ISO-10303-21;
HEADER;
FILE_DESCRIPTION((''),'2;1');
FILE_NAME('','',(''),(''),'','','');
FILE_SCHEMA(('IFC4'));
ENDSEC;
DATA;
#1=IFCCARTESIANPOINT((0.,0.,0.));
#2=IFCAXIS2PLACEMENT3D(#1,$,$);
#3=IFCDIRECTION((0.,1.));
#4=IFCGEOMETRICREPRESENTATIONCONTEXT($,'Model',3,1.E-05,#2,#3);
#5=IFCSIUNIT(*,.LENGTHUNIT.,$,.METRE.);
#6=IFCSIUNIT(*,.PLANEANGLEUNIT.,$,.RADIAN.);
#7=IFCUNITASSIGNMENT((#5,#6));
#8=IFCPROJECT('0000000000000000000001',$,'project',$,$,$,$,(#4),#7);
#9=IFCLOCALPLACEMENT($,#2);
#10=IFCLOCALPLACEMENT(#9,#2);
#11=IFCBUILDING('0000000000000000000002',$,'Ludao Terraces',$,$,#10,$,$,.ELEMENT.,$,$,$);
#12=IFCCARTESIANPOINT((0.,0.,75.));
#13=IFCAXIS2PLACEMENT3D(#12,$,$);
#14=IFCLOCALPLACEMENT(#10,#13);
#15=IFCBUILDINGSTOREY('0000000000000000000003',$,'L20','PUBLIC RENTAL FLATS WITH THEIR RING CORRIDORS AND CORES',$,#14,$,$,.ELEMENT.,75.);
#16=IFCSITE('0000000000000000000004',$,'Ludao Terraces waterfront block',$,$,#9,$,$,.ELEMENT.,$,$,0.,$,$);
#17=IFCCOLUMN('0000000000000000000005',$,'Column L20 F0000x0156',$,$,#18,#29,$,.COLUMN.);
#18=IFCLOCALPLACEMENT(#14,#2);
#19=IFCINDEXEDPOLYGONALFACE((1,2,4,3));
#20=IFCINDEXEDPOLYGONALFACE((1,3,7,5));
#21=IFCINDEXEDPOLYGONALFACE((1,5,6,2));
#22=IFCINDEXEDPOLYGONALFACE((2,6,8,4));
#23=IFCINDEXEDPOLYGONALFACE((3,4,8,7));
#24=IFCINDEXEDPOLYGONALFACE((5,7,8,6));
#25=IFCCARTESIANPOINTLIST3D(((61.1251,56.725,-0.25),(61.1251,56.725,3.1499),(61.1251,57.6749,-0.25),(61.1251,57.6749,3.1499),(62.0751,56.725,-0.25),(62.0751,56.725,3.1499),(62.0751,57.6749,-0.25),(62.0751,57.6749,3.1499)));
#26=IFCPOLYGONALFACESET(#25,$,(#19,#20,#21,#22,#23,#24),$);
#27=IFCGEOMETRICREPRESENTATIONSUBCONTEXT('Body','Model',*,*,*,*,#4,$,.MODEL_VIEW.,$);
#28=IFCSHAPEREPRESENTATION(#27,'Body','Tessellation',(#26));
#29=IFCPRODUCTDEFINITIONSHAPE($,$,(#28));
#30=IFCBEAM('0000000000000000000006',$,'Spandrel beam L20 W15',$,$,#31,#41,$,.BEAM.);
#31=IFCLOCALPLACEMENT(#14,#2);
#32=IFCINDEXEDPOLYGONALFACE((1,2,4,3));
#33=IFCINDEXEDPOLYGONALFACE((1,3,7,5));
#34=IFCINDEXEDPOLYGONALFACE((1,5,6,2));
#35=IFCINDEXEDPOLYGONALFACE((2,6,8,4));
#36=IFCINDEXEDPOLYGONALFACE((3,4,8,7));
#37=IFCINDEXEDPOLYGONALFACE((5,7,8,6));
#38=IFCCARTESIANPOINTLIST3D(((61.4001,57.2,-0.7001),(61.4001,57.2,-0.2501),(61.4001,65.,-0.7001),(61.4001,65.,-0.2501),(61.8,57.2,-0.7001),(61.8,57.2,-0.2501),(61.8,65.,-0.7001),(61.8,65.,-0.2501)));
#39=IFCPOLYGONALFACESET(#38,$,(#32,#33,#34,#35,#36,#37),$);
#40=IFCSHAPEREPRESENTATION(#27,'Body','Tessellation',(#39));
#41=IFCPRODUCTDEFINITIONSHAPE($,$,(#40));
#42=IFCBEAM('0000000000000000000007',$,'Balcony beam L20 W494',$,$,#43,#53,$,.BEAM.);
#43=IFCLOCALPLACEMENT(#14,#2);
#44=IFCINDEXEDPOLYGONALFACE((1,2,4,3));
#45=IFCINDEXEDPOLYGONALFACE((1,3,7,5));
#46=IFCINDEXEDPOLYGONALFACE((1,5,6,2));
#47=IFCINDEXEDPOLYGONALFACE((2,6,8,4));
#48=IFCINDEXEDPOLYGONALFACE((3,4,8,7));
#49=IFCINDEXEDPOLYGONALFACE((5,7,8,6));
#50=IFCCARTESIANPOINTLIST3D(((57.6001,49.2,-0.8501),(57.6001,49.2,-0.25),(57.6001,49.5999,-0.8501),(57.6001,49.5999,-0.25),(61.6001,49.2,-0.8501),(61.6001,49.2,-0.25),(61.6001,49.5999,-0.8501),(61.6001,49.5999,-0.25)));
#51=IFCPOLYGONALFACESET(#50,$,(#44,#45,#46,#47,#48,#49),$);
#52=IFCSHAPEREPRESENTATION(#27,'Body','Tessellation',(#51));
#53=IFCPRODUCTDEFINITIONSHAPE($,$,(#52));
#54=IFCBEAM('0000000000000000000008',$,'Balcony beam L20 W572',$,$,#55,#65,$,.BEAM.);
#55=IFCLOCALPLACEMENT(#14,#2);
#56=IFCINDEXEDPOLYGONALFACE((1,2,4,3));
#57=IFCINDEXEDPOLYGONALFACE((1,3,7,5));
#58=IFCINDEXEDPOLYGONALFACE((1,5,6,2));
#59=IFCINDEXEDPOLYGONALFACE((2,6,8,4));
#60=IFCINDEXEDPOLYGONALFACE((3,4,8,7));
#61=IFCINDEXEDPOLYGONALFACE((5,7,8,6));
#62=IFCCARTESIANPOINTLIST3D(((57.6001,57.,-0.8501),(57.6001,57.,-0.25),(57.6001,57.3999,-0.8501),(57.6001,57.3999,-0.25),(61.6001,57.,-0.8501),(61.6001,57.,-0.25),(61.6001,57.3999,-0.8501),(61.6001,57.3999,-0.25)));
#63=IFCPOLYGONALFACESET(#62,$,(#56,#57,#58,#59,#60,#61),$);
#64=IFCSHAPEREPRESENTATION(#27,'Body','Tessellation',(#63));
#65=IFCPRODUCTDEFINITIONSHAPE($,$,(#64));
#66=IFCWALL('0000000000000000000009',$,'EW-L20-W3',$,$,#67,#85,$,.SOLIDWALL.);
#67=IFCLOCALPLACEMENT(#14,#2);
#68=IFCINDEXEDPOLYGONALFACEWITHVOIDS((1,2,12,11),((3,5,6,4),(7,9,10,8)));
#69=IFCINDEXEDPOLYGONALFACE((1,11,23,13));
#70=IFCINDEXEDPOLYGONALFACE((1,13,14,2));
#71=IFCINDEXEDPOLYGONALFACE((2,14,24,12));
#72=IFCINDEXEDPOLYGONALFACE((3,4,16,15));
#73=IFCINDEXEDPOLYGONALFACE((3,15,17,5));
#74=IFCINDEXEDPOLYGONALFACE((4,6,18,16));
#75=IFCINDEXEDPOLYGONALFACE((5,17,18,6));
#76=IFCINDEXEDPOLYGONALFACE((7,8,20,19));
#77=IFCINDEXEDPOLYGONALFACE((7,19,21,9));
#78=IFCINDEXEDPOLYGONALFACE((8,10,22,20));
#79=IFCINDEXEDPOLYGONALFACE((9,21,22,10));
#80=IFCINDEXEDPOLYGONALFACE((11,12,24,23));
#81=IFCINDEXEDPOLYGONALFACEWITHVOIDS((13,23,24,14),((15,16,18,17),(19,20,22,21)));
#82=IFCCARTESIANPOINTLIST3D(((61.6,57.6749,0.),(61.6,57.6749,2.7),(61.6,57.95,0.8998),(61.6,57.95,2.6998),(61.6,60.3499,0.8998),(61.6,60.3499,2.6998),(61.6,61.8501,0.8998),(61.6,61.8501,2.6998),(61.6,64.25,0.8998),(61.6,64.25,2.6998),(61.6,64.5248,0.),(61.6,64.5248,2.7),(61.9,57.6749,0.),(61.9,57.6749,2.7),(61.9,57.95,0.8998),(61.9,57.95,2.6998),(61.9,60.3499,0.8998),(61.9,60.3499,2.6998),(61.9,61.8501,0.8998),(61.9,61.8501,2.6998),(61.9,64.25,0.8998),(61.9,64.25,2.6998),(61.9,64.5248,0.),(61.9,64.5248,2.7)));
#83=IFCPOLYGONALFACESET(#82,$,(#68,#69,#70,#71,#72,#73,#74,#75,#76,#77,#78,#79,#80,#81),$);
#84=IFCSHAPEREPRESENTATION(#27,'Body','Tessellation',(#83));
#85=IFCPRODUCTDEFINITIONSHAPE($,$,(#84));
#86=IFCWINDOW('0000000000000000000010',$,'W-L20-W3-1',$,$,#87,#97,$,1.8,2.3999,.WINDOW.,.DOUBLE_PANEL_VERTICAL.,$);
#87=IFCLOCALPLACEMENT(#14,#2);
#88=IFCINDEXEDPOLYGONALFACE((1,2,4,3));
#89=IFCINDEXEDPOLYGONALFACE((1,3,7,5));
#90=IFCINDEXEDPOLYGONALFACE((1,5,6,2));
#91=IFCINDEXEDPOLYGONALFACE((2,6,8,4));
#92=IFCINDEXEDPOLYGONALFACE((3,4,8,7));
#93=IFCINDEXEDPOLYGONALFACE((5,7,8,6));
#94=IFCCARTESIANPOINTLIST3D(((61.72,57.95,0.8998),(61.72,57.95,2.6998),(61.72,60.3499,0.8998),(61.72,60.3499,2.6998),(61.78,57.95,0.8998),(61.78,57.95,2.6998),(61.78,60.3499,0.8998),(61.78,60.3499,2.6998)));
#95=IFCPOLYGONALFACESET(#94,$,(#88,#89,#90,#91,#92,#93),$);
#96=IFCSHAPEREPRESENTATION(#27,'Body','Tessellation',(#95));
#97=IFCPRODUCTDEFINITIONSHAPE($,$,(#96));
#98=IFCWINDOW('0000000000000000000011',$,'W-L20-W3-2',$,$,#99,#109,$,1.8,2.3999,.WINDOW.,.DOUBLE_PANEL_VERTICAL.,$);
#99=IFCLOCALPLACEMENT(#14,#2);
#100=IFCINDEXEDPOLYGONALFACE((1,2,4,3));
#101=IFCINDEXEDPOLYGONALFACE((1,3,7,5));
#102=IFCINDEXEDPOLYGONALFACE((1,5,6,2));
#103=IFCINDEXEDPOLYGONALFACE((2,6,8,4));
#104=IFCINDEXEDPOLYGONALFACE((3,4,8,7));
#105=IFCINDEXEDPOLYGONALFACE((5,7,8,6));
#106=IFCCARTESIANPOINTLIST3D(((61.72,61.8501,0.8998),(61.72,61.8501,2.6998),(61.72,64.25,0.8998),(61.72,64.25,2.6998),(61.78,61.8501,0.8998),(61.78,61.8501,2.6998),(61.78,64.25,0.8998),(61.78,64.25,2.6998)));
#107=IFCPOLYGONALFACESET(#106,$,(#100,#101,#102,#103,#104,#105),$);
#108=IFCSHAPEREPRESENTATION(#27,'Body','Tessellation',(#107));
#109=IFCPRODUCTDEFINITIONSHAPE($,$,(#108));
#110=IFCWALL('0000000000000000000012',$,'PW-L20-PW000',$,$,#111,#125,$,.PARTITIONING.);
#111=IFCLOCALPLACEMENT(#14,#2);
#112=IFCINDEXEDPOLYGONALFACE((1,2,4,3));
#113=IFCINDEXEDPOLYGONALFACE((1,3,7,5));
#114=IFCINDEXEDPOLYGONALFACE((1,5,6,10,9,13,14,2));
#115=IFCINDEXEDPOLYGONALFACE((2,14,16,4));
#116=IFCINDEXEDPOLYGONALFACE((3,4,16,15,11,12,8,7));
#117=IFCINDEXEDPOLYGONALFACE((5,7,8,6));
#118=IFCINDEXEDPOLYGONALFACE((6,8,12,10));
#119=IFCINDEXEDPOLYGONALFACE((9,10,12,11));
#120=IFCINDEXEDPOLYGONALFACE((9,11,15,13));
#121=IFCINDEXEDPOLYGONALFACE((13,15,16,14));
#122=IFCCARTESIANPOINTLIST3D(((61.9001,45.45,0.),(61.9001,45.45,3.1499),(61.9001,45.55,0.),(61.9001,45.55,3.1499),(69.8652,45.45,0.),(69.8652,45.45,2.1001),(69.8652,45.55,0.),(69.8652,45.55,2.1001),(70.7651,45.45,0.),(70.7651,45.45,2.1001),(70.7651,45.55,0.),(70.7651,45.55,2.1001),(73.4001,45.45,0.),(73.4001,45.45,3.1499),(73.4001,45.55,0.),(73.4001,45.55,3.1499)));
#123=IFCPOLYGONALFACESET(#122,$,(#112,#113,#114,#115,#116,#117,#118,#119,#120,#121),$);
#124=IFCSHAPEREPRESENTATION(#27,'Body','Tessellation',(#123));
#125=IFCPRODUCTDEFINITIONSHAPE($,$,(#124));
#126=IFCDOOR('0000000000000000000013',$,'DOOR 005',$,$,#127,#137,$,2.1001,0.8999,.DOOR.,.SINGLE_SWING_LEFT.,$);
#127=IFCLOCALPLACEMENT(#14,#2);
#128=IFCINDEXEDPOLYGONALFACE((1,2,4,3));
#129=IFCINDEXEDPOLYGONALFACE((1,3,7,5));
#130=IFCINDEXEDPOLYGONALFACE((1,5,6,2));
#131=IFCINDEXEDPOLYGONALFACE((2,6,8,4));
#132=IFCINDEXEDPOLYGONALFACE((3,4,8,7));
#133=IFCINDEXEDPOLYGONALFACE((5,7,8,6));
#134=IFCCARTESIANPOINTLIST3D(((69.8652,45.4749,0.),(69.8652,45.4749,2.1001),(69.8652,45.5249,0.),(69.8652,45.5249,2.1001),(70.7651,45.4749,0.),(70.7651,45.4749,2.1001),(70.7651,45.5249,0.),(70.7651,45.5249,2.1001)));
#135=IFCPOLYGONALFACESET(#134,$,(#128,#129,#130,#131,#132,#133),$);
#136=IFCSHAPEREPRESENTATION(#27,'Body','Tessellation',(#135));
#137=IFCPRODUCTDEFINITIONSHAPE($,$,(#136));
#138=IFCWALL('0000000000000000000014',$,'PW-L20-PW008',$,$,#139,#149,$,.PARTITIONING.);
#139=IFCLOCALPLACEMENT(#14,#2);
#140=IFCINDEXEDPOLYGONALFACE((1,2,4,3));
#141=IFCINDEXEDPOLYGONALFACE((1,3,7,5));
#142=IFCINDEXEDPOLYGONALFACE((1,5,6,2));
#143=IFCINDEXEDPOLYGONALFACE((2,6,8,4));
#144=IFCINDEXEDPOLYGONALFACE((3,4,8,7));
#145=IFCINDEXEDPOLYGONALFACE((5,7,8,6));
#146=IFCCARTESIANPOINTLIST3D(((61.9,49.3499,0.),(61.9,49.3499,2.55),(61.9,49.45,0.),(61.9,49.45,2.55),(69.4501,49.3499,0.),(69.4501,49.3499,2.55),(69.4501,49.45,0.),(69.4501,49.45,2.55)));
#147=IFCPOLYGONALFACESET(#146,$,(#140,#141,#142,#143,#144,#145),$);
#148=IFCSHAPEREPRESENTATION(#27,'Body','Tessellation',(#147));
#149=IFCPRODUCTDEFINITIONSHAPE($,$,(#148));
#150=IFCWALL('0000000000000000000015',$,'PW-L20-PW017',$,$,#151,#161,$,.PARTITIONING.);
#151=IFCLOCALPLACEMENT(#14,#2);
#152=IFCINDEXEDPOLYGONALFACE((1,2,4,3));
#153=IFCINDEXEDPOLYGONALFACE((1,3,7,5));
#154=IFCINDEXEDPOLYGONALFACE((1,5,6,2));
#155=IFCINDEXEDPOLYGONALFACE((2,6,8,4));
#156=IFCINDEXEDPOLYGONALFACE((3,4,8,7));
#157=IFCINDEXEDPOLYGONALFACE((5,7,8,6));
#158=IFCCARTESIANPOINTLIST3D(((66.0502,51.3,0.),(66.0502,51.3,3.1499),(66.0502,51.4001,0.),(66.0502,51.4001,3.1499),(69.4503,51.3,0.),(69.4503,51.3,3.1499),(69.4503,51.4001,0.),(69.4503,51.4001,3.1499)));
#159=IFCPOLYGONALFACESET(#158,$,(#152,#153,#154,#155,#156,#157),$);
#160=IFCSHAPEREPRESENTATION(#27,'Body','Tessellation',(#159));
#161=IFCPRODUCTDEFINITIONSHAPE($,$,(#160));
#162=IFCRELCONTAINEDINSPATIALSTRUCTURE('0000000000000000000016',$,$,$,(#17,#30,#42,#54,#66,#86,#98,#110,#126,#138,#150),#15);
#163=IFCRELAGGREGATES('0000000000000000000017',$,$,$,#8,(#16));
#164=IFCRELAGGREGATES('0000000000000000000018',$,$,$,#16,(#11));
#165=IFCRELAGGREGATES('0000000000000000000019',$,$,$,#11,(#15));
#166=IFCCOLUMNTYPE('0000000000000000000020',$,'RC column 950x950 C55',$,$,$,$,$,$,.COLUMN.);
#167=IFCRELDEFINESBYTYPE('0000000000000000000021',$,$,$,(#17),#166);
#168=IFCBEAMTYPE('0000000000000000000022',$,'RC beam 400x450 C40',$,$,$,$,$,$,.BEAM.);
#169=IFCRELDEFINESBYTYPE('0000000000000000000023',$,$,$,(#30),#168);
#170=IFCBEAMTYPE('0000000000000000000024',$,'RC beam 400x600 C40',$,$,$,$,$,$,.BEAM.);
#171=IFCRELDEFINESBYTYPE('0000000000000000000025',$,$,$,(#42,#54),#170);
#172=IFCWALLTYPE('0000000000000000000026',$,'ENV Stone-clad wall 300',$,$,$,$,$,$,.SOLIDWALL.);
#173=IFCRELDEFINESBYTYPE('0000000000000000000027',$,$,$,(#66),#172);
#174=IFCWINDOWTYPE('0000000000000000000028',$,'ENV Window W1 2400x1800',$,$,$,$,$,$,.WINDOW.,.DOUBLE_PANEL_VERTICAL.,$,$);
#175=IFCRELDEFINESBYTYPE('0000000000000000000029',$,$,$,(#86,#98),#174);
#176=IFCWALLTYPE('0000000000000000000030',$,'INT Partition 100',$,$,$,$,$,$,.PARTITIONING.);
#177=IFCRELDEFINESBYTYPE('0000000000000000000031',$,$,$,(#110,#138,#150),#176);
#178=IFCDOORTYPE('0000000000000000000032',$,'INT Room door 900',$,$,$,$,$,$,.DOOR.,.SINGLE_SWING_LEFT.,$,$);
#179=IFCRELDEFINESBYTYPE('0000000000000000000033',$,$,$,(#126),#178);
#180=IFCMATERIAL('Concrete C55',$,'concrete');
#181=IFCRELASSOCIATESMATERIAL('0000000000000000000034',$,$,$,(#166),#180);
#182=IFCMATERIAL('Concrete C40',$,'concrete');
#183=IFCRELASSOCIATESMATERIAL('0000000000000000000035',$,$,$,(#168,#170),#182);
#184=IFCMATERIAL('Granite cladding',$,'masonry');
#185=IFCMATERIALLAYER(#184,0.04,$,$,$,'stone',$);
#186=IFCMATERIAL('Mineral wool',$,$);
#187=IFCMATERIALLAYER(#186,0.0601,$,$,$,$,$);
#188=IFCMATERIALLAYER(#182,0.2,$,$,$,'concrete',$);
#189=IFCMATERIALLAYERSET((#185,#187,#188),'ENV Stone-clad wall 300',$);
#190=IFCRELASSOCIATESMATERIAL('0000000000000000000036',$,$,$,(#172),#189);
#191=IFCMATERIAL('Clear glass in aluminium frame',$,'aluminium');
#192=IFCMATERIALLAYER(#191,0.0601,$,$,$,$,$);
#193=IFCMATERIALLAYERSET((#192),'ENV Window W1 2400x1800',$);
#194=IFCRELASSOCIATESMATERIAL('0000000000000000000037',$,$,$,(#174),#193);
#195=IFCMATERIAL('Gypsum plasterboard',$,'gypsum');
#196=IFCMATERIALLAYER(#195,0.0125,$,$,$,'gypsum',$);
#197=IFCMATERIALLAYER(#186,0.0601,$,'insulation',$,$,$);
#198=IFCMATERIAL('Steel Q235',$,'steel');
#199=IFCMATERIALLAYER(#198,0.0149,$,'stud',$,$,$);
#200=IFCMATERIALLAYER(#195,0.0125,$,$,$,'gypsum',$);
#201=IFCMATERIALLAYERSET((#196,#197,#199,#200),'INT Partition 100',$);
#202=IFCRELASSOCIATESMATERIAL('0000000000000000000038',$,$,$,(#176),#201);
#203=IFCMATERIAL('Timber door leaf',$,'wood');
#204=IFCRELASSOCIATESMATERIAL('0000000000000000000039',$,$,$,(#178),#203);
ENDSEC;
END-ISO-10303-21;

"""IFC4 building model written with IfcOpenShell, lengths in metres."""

from ifc_helpers import new_model, si_unit, direction, frame, frame_2d, origin, origin_2d, place, context, subcontext, project, spatial, rectangle, extrude, material, layer, layer_set, material_profile, profile_set, type_object, element, fill, save


model = new_model("IFC4")

# Units and contexts
model_context = context("Model", 3, precision=1e-05, world=origin(), true_north=direction((0.0, 1.0)))
body_context = subcontext(model_context, "Body", "Model", "MODEL_VIEW")
ifc_project = project(units=[si_unit("LENGTHUNIT", "METRE"), si_unit("PLANEANGLEUNIT", "RADIAN")], contexts=[model_context])

# Site, building, storey
site_placement = place(None, origin())
site = spatial("IfcSite", under=ifc_project, at=site_placement, Name="Ludao Terraces waterfront block", CompositionType="ELEMENT", RefElevation=0.0)
building_placement = place(site_placement, origin())
building = spatial("IfcBuilding", under=site, at=building_placement, Name="Ludao Terraces", CompositionType="ELEMENT")
storey_placement = place(building_placement, frame((0.0, 0.0, 75.0)))
storey = spatial("IfcBuildingStorey", under=building, at=storey_placement, Name="L20", Description="PUBLIC RENTAL FLATS WITH THEIR RING CORRIDORS AND CORES", CompositionType="ELEMENT", Elevation=75.0)

# Column
ifc_material_1 = material(Name="Concrete C55", Category="concrete")
ifc_material_profile_1 = material_profile(ifc_material_1, rectangle(XDim=0.95, YDim=0.95, at=origin_2d()), Name="950 X 950")
ifc_profile_set_1 = profile_set([ifc_material_profile_1], Name="Concrete C55")
column_type = type_object("IfcColumnType", Name="RC column 950x950 C55", PredefinedType="COLUMN", material=ifc_profile_set_1)
column_placement = place(storey_placement, frame((61.6001, 57.2, -0.25), z_axis=(0.0, 0.0, 1.0), x_axis=(1.0, 0.0, 0.0)))
element("IfcColumn", 1, at=column_placement, inside=storey, type_object=column_type, Name="Column L20 F0000x0156", PredefinedType="COLUMN", context=body_context, shape_type="SweptSolid", body=[
    extrude(rectangle(XDim=0.95, YDim=0.95, at=origin_2d()), origin(), (0.0, 0.0, 1.0), 3.3999),
])

# Beams
ifc_material_2 = material(Name="Concrete C40", Category="concrete")
ifc_material_profile_2 = material_profile(ifc_material_2, rectangle(XDim=0.3999, YDim=0.45, at=origin_2d()), Name="400 X 450")
ifc_profile_set_2 = profile_set([ifc_material_profile_2], Name="Concrete C40")
beam_type_1 = type_object("IfcBeamType", Name="RC beam 400x450 C40", PredefinedType="BEAM", material=ifc_profile_set_2)
beam_placement = place(storey_placement, frame((61.6001, 57.2, -0.4751), z_axis=(0.0, 1.0, 0.0), x_axis=(-1.0, 0.0, 0.0)))
element("IfcBeam", 2, at=beam_placement, inside=storey, type_object=beam_type_1, Name="Spandrel beam L20 W15", PredefinedType="BEAM", context=body_context, shape_type="SweptSolid", body=[
    extrude(rectangle(XDim=0.3999, YDim=0.45, at=origin_2d()), origin(), (0.0, 0.0, 1.0), 7.8),
])
ifc_material_profile_3 = material_profile(ifc_material_2, rectangle(XDim=0.3999, YDim=0.6001, at=origin_2d()), Name="400 X 600")
ifc_profile_set_3 = profile_set([ifc_material_profile_3], Name="Concrete C40")
beam_type_2 = type_object("IfcBeamType", Name="RC beam 400x600 C40", PredefinedType="BEAM", material=ifc_profile_set_3)
for number, where, z_axis, x_axis, name in (
    (3, (61.6001, 49.3999, -0.55), (-1.0, 0.0, 0.0), (0.0, -1.0, 0.0), "Balcony beam L20 W494"),
    (4, (61.6001, 57.2, -0.55), (-1.0, 0.0, 0.0), (0.0, -1.0, 0.0), "Balcony beam L20 W572"),
):
    element("IfcBeam", number, at=place(storey_placement, frame(where, z_axis=z_axis, x_axis=x_axis)), inside=storey, type_object=beam_type_2, Name=name, PredefinedType="BEAM", context=body_context, shape_type="SweptSolid", body=[
        extrude(rectangle(XDim=0.3999, YDim=0.6001, at=origin_2d()), origin(), (0.0, 0.0, 1.0), 4.0),
    ])

# Shared definitions
ifc_material_3 = material(Name="Granite cladding", Category="masonry")
ifc_layer_1 = layer(ifc_material_3, 0.04, Category="stone")
ifc_material_4 = material(Name="Mineral wool")
ifc_layer_2 = layer(ifc_material_4, 0.0601)
ifc_layer_3 = layer(ifc_material_2, 0.2, Category="concrete")
ifc_layer_set_1 = layer_set([ifc_layer_1, ifc_layer_2, ifc_layer_3], Name="ENV Stone-clad wall 300")
wall_type_1 = type_object("IfcWallType", Name="ENV Stone-clad wall 300", PredefinedType="SOLIDWALL", material=ifc_layer_set_1)
ifc_material_5 = material(Name="Clear glass in aluminium frame", Category="aluminium")
ifc_layer_4 = layer(ifc_material_5, 0.0601)
ifc_layer_set_2 = layer_set([ifc_layer_4], Name="ENV Window W1 2400x1800")
window_type = type_object("IfcWindowType", Name="ENV Window W1 2400x1800", PartitioningType="DOUBLE_PANEL_VERTICAL", PredefinedType="WINDOW", material=ifc_layer_set_2)

# Wall, openings, windows
wall_1_placement = place(storey_placement, frame((61.75, 57.675, 0.0), z_axis=(0.0, 0.0, 1.0), x_axis=(0.0, 1.0, 0.0)))
wall_1 = element("IfcWall", 5, at=wall_1_placement, inside=storey, type_object=wall_type_1, Name="EW-L20-W3", PredefinedType="SOLIDWALL", context=body_context, shape_type="SweptSolid", body=[
    extrude(rectangle(XDim=6.8499, YDim=0.3, at=frame_2d((3.4248, 0.0))), origin(), (0.0, 0.0, 1.0), 2.7),
])
opening_1_placement = place(wall_1_placement, frame((0.2749, 0.0, 0.8999)))
opening_1 = element("IfcOpeningElement", 6, at=opening_1_placement, cuts=wall_1, PredefinedType="OPENING", context=body_context, shape_type="SweptSolid", body=[
    extrude(rectangle(XDim=2.3999, YDim=1.8, at=frame_2d((1.2, 0.8999))), frame((0.0, 0.1602, 0.0), z_axis=(0.0, -1.0, 0.0), x_axis=(1.0, 0.0, 0.0)), (0.0, 0.0, 1.0), 0.3201),
])
opening_2_placement = place(wall_1_placement, frame((4.175, 0.0, 0.8999)))
opening_2 = element("IfcOpeningElement", 7, at=opening_2_placement, cuts=wall_1, PredefinedType="OPENING", context=body_context, shape_type="SweptSolid", body=[
    extrude(rectangle(XDim=2.3999, YDim=1.8, at=frame_2d((1.2, 0.8999))), frame((0.0, 0.1602, 0.0), z_axis=(0.0, -1.0, 0.0), x_axis=(1.0, 0.0, 0.0)), (0.0, 0.0, 1.0), 0.3201),
])
window_1_placement = place(opening_1_placement, origin())
window_1 = element("IfcWindow", 8, at=window_1_placement, inside=storey, type_object=window_type, Name="W-L20-W3-1", OverallHeight=1.8, OverallWidth=2.3999, PartitioningType="DOUBLE_PANEL_VERTICAL", PredefinedType="WINDOW", context=body_context, shape_type="SweptSolid", body=[
    extrude(rectangle(XDim=2.3999, YDim=1.8, at=frame_2d((1.2, 0.8999))), frame((0.0, 0.03, 0.0), z_axis=(0.0, -1.0, 0.0), x_axis=(1.0, 0.0, 0.0)), (0.0, 0.0, 1.0), 0.0601),
])
fill(opening_1, window_1)
window_2_placement = place(opening_2_placement, origin())
window_2 = element("IfcWindow", 9, at=window_2_placement, inside=storey, type_object=window_type, Name="W-L20-W3-2", OverallHeight=1.8, OverallWidth=2.3999, PartitioningType="DOUBLE_PANEL_VERTICAL", PredefinedType="WINDOW", context=body_context, shape_type="SweptSolid", body=[
    extrude(rectangle(XDim=2.3999, YDim=1.8, at=frame_2d((1.2, 0.8999))), frame((0.0, 0.03, 0.0), z_axis=(0.0, -1.0, 0.0), x_axis=(1.0, 0.0, 0.0)), (0.0, 0.0, 1.0), 0.0601),
])
fill(opening_2, window_2)

# Wall, opening, door
ifc_material_6 = material(Name="Gypsum plasterboard", Category="gypsum")
ifc_layer_5 = layer(ifc_material_6, 0.0125, Category="gypsum")
ifc_layer_6 = layer(ifc_material_4, 0.0601, Name="insulation")
ifc_material_7 = material(Name="Steel Q235", Category="steel")
ifc_layer_7 = layer(ifc_material_7, 0.0149, Name="stud")
ifc_layer_8 = layer(ifc_material_6, 0.0125, Category="gypsum")
ifc_layer_set_3 = layer_set([ifc_layer_5, ifc_layer_6, ifc_layer_7, ifc_layer_8], Name="INT Partition 100")
wall_type_2 = type_object("IfcWallType", Name="INT Partition 100", PredefinedType="PARTITIONING", material=ifc_layer_set_3)
wall_2_placement = place(storey_placement, frame((61.9001, 45.5, 0.0), z_axis=(0.0, 0.0, 1.0), x_axis=(1.0, 0.0, 0.0)))
wall_2 = element("IfcWall", 10, at=wall_2_placement, inside=storey, type_object=wall_type_2, Name="PW-L20-PW000", PredefinedType="PARTITIONING", context=body_context, shape_type="SweptSolid", body=[
    extrude(rectangle(XDim=11.5, YDim=0.1001, at=frame_2d((5.75, 0.0))), origin(), (0.0, 0.0, 1.0), 3.1499),
])
opening_3_placement = place(wall_2_placement, frame((7.9651, 0.0, 0.0)))
opening_3 = element("IfcOpeningElement", 11, at=opening_3_placement, cuts=wall_2, PredefinedType="OPENING", context=body_context, shape_type="SweptSolid", body=[
    extrude(rectangle(XDim=0.8999, YDim=2.1001, at=frame_2d((0.45, 1.05))), frame((0.0, 0.0601, 0.0), z_axis=(0.0, -1.0, 0.0), x_axis=(1.0, 0.0, 0.0)), (0.0, 0.0, 1.0), 0.1201),
])
ifc_material_8 = material(Name="Timber door leaf", Category="wood")
door_type_1 = type_object("IfcDoorType", Name="INT Room door 900", OperationType="SINGLE_SWING_LEFT", PredefinedType="DOOR", material=ifc_material_8)
door_1_placement = place(opening_3_placement, origin())
door_1 = element("IfcDoor", 12, at=door_1_placement, inside=storey, type_object=door_type_1, Name="DOOR 005", OperationType="SINGLE_SWING_LEFT", OverallHeight=2.1001, OverallWidth=0.8999, PredefinedType="DOOR", context=body_context, shape_type="SweptSolid", body=[
    extrude(rectangle(XDim=0.8999, YDim=2.1001, at=frame_2d((0.45, 1.05))), frame((0.0, 0.0249, 0.0), z_axis=(0.0, -1.0, 0.0), x_axis=(1.0, 0.0, 0.0)), (0.0, 0.0, 1.0), 0.05),
])
fill(opening_3, door_1)

# Walls
wall_3_placement = place(storey_placement, frame((61.9001, 49.3999, 0.0), z_axis=(0.0, 0.0, 1.0), x_axis=(1.0, 0.0, 0.0)))
element("IfcWall", 13, at=wall_3_placement, inside=storey, type_object=wall_type_2, Name="PW-L20-PW008", PredefinedType="PARTITIONING", context=body_context, shape_type="SweptSolid", body=[
    extrude(rectangle(XDim=7.55, YDim=0.1001, at=frame_2d((3.7749, 0.0))), origin(), (0.0, 0.0, 1.0), 2.55),
])
wall_4_placement = place(storey_placement, frame((66.05, 51.3501, 0.0), z_axis=(0.0, 0.0, 1.0), x_axis=(1.0, 0.0, 0.0)))
element("IfcWall", 14, at=wall_4_placement, inside=storey, type_object=wall_type_2, Name="PW-L20-PW017", PredefinedType="PARTITIONING", context=body_context, shape_type="SweptSolid", body=[
    extrude(rectangle(XDim=3.4001, YDim=0.1001, at=frame_2d((1.7002, 0.0))), origin(), (0.0, 0.0, 1.0), 3.1499),
])

save(model, "model.ifc")
